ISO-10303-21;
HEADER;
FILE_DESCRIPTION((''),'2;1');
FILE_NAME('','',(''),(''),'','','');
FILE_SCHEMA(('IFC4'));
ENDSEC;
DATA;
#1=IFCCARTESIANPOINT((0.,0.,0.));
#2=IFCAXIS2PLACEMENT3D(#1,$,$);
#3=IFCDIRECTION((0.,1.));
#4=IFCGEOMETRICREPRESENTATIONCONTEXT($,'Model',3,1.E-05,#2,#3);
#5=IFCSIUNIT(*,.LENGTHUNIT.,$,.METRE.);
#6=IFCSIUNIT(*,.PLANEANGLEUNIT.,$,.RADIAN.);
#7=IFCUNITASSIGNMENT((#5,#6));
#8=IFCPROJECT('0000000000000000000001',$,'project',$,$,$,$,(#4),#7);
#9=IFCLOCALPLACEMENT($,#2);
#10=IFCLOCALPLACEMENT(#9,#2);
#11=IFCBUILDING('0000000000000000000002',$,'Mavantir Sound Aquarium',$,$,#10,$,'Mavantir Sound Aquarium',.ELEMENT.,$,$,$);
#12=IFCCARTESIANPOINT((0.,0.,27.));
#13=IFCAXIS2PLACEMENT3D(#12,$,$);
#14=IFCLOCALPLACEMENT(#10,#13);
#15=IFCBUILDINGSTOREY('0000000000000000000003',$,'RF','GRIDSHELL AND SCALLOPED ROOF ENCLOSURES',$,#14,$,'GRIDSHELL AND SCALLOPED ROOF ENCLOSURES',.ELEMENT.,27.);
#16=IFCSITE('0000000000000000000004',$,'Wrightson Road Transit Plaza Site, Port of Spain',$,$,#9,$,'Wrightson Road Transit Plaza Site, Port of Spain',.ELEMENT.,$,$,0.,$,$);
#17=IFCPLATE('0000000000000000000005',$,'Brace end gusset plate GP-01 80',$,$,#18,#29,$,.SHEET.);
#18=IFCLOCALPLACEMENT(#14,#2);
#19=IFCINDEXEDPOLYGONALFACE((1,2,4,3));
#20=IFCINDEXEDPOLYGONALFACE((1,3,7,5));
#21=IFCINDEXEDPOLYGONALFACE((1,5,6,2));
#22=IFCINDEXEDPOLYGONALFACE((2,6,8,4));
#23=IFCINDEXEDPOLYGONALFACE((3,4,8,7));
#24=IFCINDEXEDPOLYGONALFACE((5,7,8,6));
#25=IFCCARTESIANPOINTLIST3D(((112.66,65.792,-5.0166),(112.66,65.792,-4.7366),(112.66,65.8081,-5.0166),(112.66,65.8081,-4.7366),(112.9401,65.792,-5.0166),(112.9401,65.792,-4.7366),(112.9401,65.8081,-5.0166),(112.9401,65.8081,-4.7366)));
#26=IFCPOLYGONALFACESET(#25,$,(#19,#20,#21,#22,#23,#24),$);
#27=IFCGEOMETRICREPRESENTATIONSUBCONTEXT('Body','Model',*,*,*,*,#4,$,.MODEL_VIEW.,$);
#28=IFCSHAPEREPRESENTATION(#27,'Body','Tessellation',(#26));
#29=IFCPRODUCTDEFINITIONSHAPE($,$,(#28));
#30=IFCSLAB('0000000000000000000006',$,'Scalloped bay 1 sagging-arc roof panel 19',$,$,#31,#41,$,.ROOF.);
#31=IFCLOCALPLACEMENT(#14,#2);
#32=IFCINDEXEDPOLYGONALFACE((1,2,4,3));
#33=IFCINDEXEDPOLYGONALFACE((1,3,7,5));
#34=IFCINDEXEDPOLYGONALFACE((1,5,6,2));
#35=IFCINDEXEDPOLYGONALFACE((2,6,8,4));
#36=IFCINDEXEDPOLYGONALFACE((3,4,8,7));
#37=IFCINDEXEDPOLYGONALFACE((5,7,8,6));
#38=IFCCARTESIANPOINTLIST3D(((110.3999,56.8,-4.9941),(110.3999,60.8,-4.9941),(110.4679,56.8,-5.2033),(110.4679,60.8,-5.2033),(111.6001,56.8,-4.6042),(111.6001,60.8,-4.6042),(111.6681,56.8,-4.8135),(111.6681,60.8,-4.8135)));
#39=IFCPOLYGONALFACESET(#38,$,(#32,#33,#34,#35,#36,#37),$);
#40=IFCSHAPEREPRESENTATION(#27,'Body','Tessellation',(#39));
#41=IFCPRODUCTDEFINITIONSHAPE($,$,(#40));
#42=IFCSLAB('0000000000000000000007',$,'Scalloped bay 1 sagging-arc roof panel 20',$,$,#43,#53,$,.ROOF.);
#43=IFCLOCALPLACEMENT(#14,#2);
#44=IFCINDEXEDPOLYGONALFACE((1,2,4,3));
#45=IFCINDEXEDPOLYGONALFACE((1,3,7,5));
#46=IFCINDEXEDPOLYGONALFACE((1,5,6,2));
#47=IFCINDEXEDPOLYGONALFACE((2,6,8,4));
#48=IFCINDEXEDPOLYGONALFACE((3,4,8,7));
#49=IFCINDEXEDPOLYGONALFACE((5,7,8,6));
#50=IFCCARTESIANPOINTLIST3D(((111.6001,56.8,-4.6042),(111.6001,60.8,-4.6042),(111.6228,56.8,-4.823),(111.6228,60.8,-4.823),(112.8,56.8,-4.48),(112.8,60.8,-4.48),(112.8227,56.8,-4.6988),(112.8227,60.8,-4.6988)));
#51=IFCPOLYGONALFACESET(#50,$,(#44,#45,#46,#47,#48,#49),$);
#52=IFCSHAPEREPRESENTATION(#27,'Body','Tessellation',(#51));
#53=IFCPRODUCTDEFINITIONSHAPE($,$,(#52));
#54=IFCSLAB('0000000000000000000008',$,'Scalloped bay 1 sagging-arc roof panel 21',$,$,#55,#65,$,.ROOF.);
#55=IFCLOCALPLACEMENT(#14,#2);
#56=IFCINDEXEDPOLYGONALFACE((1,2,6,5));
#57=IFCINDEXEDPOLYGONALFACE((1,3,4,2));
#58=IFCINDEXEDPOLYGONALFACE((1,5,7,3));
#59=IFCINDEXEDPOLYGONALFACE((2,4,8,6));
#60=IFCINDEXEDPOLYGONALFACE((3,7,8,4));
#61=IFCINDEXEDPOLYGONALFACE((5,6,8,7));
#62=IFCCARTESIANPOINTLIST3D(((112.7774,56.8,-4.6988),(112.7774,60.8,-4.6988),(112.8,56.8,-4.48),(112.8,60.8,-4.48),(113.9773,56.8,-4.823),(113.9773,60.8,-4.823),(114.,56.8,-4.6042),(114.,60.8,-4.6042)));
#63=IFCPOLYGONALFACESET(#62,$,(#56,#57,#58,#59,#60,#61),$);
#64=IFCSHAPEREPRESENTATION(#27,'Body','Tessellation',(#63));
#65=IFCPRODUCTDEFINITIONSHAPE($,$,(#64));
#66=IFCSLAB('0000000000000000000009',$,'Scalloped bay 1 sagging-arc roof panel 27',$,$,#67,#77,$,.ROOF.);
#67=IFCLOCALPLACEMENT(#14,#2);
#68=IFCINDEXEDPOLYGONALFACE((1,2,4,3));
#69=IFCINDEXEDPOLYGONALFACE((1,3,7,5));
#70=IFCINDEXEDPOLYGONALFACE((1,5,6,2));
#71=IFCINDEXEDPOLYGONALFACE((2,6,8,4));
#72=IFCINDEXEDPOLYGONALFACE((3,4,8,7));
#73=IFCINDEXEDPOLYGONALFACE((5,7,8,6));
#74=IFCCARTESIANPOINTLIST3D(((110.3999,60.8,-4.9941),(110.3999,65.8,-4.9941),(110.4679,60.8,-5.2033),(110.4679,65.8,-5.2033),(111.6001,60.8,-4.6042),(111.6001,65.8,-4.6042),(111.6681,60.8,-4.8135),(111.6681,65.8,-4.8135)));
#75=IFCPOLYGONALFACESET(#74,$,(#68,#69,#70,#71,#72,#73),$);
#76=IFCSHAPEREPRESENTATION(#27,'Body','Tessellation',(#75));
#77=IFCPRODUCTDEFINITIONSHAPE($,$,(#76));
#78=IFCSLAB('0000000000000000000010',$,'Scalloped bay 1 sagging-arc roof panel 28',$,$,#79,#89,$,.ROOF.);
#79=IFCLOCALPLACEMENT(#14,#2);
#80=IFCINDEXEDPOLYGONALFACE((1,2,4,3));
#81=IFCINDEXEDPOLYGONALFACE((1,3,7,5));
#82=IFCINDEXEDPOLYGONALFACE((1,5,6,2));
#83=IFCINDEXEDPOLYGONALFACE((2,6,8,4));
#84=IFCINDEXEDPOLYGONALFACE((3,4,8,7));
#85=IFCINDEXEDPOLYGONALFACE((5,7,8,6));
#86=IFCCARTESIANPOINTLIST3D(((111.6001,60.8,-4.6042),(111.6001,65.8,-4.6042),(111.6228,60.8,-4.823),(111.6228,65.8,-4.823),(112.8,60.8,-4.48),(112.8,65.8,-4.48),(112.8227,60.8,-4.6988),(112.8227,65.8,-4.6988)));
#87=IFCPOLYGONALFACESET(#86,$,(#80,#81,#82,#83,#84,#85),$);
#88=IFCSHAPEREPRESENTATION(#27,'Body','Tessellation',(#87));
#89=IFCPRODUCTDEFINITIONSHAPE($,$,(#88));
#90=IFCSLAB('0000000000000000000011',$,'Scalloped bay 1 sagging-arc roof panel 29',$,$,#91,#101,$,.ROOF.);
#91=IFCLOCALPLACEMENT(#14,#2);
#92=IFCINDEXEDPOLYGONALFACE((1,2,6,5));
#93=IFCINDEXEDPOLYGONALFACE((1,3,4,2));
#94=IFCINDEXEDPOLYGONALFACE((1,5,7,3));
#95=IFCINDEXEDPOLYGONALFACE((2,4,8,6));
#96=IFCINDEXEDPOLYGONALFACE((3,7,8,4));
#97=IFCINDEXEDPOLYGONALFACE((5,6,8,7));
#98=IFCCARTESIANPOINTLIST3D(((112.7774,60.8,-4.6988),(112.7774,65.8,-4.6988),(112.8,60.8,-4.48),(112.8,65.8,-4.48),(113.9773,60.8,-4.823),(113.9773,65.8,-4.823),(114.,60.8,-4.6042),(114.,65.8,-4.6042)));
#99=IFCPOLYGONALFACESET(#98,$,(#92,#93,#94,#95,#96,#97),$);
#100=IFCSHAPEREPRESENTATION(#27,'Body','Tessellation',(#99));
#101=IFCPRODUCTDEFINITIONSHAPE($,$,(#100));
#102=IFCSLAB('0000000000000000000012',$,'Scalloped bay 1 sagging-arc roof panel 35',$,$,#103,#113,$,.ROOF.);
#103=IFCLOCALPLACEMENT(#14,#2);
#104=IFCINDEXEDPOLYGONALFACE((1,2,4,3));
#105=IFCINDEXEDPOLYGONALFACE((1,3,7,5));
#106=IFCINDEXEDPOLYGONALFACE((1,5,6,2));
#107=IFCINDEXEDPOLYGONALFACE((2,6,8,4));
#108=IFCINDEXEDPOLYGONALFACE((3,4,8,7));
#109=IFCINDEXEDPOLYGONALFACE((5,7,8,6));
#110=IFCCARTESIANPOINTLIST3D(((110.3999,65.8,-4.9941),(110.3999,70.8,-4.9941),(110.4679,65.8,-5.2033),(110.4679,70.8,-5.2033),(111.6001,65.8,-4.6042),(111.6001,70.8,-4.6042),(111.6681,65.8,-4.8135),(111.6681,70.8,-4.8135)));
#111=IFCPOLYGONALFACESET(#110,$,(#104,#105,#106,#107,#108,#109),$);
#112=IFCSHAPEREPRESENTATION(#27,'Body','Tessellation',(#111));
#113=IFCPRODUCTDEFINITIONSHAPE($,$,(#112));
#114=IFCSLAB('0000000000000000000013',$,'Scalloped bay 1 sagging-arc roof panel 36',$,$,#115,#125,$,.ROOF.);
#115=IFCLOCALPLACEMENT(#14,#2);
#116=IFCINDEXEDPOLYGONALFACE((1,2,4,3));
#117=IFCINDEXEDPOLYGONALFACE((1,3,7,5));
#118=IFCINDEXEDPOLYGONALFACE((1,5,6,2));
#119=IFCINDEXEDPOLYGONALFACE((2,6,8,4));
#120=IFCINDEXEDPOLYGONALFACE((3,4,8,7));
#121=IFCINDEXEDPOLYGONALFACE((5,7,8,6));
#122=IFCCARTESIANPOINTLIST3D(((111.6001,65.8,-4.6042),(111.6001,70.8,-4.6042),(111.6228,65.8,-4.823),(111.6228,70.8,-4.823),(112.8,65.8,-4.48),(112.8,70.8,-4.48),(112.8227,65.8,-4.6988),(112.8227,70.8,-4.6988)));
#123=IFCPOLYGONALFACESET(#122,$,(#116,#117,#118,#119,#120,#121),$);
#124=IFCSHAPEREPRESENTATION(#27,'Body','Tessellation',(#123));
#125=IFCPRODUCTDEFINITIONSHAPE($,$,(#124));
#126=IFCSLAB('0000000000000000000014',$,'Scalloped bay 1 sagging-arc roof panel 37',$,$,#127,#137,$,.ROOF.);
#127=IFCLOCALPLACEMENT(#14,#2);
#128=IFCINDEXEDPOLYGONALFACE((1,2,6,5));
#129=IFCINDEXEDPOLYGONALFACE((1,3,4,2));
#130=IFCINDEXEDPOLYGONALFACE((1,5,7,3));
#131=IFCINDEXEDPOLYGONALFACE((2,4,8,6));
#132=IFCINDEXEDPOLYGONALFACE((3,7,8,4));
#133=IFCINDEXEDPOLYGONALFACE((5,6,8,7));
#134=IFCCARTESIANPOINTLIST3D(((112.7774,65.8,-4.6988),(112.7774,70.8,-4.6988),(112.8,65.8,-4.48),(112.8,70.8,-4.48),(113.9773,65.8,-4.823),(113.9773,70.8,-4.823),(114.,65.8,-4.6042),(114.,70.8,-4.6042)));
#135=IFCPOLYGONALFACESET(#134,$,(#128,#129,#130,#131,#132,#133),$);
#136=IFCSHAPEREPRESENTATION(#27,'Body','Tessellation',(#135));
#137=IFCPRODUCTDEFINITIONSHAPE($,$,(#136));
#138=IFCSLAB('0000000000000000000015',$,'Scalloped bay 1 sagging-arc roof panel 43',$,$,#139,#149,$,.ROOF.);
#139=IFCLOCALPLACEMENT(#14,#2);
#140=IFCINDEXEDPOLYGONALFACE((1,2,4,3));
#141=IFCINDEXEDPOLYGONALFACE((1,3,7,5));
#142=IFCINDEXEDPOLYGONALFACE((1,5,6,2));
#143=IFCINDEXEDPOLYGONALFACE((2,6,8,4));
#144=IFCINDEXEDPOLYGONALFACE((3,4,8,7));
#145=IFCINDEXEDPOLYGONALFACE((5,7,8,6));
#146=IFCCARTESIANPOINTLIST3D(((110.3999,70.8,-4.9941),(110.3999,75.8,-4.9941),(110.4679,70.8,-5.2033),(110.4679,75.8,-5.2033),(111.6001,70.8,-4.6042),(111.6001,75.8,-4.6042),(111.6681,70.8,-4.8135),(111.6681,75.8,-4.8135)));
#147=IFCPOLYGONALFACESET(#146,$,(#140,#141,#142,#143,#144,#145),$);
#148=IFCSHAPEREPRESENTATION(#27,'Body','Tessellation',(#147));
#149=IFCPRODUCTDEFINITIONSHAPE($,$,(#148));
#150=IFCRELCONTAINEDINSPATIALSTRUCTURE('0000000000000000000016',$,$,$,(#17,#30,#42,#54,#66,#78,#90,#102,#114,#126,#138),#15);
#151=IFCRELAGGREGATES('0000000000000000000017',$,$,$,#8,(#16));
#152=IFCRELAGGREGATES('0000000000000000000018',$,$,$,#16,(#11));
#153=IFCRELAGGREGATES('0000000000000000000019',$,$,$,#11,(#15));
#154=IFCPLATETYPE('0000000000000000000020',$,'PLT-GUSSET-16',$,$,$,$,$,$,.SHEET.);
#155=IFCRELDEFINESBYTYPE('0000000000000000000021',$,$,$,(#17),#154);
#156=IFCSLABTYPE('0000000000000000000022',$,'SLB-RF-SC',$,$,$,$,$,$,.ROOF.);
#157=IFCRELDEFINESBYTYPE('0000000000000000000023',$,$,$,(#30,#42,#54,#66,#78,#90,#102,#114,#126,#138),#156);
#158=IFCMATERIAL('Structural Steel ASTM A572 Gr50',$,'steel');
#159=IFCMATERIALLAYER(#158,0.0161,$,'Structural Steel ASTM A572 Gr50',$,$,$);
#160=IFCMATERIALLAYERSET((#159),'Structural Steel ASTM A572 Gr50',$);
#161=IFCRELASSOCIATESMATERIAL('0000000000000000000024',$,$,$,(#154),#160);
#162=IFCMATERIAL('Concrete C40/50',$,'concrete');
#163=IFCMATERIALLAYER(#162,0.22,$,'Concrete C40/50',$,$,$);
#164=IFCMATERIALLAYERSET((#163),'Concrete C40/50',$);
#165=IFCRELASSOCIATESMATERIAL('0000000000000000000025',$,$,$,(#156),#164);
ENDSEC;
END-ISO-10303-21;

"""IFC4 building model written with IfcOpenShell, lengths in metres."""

from ifc_helpers import new_model, si_unit, direction, frame, origin, origin_2d, place, context, subcontext, project, spatial, polyline, rectangle, outline, extrude, material, layer, layer_set, type_object, element, save


model = new_model("IFC4")

# Units and contexts
model_context = context("Model", 3, precision=1e-05, world=origin(), true_north=direction((0.0, 1.0)))
body_context = subcontext(model_context, "Body", "Model", "MODEL_VIEW")
ifc_project = project(units=[si_unit("LENGTHUNIT", "METRE"), si_unit("PLANEANGLEUNIT", "RADIAN")], contexts=[model_context])

# Site, building, storey
site_placement = place(None, origin())
site = spatial("IfcSite", under=ifc_project, at=site_placement, Name="Wrightson Road Transit Plaza Site, Port of Spain", LongName="Wrightson Road Transit Plaza Site, Port of Spain", CompositionType="ELEMENT", RefElevation=0.0)
building_placement = place(site_placement, origin())
building = spatial("IfcBuilding", under=site, at=building_placement, Name="Mavantir Sound Aquarium", LongName="Mavantir Sound Aquarium", CompositionType="ELEMENT")
storey_placement = place(building_placement, frame((0.0, 0.0, 27.0)))
storey = spatial("IfcBuildingStorey", under=building, at=storey_placement, Name="RF", Description="GRIDSHELL AND SCALLOPED ROOF ENCLOSURES", LongName="GRIDSHELL AND SCALLOPED ROOF ENCLOSURES", CompositionType="ELEMENT", Elevation=27.0)

# Plate
ifc_material_1 = material(Name="Structural Steel ASTM A572 Gr50", Category="steel")
ifc_layer_1 = layer(ifc_material_1, 0.0161, Name="Structural Steel ASTM A572 Gr50")
ifc_layer_set_1 = layer_set([ifc_layer_1], Name="Structural Steel ASTM A572 Gr50")
plate_type = type_object("IfcPlateType", Name="PLT-GUSSET-16", PredefinedType="SHEET", material=ifc_layer_set_1)
for number, where, z_axis, x_axis, name in (
    (1, (112.8, 65.8, -5.0166), (0.0, 0.0, 1.0), (1.0, 0.0, 0.0), "Brace end gusset plate GP-01 80"),
):
    element("IfcPlate", number, at=place(storey_placement, frame(where, z_axis=z_axis, x_axis=x_axis)), inside=storey, type_object=plate_type, Name=name, PredefinedType="SHEET", context=body_context, shape_type="SweptSolid", body=[
        extrude(rectangle(XDim=0.28, YDim=0.0161, at=origin_2d()), origin(), (0.0, 0.0, 1.0), 0.28),
    ])

# Slabs
ifc_material_2 = material(Name="Concrete C40/50", Category="concrete")
ifc_layer_2 = layer(ifc_material_2, 0.22, Name="Concrete C40/50")
ifc_layer_set_2 = layer_set([ifc_layer_2], Name="Concrete C40/50")
slab_type = type_object("IfcSlabType", Name="SLB-RF-SC", PredefinedType="ROOF", material=ifc_layer_set_2)
slab_1_placement = place(storey_placement, frame((110.3999, 56.8, -4.9941), z_axis=(-0.308964, 0.0, 0.951074), x_axis=(0.951074, 0.0, 0.308964)))
element("IfcSlab", 2, at=slab_1_placement, inside=storey, type_object=slab_type, Name="Scalloped bay 1 sagging-arc roof panel 19", PredefinedType="ROOF", context=body_context, shape_type="SweptSolid", body=[
    extrude(outline(polyline([(0.0, 0.0), (1.2619, 0.0), (1.2619, 4.0), (0.0, 4.0), (0.0, 0.0)])), origin(), (0.0, 0.0, -1.0), 0.22),
])
for number, where, z_axis, x_axis, name in (
    (3, (111.6001, 56.8, -4.6042), (-0.10301, 0.0, 0.99468), (0.99468, 0.0, 0.10301), "Scalloped bay 1 sagging-arc roof panel 20"),
    (4, (112.8, 56.8, -4.48), (0.10301, 0.0, 0.99468), (0.99468, 0.0, -0.10301), "Scalloped bay 1 sagging-arc roof panel 21"),
):
    element("IfcSlab", number, at=place(storey_placement, frame(where, z_axis=z_axis, x_axis=x_axis)), inside=storey, type_object=slab_type, Name=name, PredefinedType="ROOF", context=body_context, shape_type="SweptSolid", body=[
        extrude(outline(polyline([(0.0, 0.0), (1.2064, 0.0), (1.2064, 4.0), (0.0, 4.0), (0.0, 0.0)])), origin(), (0.0, 0.0, -1.0), 0.22),
    ])
slab_2_placement = place(storey_placement, frame((110.3999, 60.8, -4.9941), z_axis=(-0.308964, 0.0, 0.951074), x_axis=(0.951074, 0.0, 0.308964)))
element("IfcSlab", 5, at=slab_2_placement, inside=storey, type_object=slab_type, Name="Scalloped bay 1 sagging-arc roof panel 27", PredefinedType="ROOF", context=body_context, shape_type="SweptSolid", body=[
    extrude(outline(polyline([(0.0, 0.0), (1.2619, 0.0), (1.2619, 5.0), (0.0, 5.0), (0.0, 0.0)])), origin(), (0.0, 0.0, -1.0), 0.22),
])
for number, where, z_axis, x_axis, name in (
    (6, (111.6001, 60.8, -4.6042), (-0.10301, 0.0, 0.99468), (0.99468, 0.0, 0.10301), "Scalloped bay 1 sagging-arc roof panel 28"),
    (7, (112.8, 60.8, -4.48), (0.10301, 0.0, 0.99468), (0.99468, 0.0, -0.10301), "Scalloped bay 1 sagging-arc roof panel 29"),
):
    element("IfcSlab", number, at=place(storey_placement, frame(where, z_axis=z_axis, x_axis=x_axis)), inside=storey, type_object=slab_type, Name=name, PredefinedType="ROOF", context=body_context, shape_type="SweptSolid", body=[
        extrude(outline(polyline([(0.0, 0.0), (1.2064, 0.0), (1.2064, 5.0), (0.0, 5.0), (0.0, 0.0)])), origin(), (0.0, 0.0, -1.0), 0.22),
    ])
slab_3_placement = place(storey_placement, frame((110.3999, 65.8, -4.9941), z_axis=(-0.308964, 0.0, 0.951074), x_axis=(0.951074, 0.0, 0.308964)))
element("IfcSlab", 8, at=slab_3_placement, inside=storey, type_object=slab_type, Name="Scalloped bay 1 sagging-arc roof panel 35", PredefinedType="ROOF", context=body_context, shape_type="SweptSolid", body=[
    extrude(outline(polyline([(0.0, 0.0), (1.2619, 0.0), (1.2619, 5.0), (0.0, 5.0), (0.0, 0.0)])), origin(), (0.0, 0.0, -1.0), 0.22),
])
for number, where, z_axis, x_axis, name in (
    (9, (111.6001, 65.8, -4.6042), (-0.10301, 0.0, 0.99468), (0.99468, 0.0, 0.10301), "Scalloped bay 1 sagging-arc roof panel 36"),
    (10, (112.8, 65.8, -4.48), (0.10301, 0.0, 0.99468), (0.99468, 0.0, -0.10301), "Scalloped bay 1 sagging-arc roof panel 37"),
):
    element("IfcSlab", number, at=place(storey_placement, frame(where, z_axis=z_axis, x_axis=x_axis)), inside=storey, type_object=slab_type, Name=name, PredefinedType="ROOF", context=body_context, shape_type="SweptSolid", body=[
        extrude(outline(polyline([(0.0, 0.0), (1.2064, 0.0), (1.2064, 5.0), (0.0, 5.0), (0.0, 0.0)])), origin(), (0.0, 0.0, -1.0), 0.22),
    ])
slab_4_placement = place(storey_placement, frame((110.3999, 70.8, -4.9941), z_axis=(-0.308964, 0.0, 0.951074), x_axis=(0.951074, 0.0, 0.308964)))
element("IfcSlab", 11, at=slab_4_placement, inside=storey, type_object=slab_type, Name="Scalloped bay 1 sagging-arc roof panel 43", PredefinedType="ROOF", context=body_context, shape_type="SweptSolid", body=[
    extrude(outline(polyline([(0.0, 0.0), (1.2619, 0.0), (1.2619, 5.0), (0.0, 5.0), (0.0, 0.0)])), origin(), (0.0, 0.0, -1.0), 0.22),
])

save(model, "model.ifc")
